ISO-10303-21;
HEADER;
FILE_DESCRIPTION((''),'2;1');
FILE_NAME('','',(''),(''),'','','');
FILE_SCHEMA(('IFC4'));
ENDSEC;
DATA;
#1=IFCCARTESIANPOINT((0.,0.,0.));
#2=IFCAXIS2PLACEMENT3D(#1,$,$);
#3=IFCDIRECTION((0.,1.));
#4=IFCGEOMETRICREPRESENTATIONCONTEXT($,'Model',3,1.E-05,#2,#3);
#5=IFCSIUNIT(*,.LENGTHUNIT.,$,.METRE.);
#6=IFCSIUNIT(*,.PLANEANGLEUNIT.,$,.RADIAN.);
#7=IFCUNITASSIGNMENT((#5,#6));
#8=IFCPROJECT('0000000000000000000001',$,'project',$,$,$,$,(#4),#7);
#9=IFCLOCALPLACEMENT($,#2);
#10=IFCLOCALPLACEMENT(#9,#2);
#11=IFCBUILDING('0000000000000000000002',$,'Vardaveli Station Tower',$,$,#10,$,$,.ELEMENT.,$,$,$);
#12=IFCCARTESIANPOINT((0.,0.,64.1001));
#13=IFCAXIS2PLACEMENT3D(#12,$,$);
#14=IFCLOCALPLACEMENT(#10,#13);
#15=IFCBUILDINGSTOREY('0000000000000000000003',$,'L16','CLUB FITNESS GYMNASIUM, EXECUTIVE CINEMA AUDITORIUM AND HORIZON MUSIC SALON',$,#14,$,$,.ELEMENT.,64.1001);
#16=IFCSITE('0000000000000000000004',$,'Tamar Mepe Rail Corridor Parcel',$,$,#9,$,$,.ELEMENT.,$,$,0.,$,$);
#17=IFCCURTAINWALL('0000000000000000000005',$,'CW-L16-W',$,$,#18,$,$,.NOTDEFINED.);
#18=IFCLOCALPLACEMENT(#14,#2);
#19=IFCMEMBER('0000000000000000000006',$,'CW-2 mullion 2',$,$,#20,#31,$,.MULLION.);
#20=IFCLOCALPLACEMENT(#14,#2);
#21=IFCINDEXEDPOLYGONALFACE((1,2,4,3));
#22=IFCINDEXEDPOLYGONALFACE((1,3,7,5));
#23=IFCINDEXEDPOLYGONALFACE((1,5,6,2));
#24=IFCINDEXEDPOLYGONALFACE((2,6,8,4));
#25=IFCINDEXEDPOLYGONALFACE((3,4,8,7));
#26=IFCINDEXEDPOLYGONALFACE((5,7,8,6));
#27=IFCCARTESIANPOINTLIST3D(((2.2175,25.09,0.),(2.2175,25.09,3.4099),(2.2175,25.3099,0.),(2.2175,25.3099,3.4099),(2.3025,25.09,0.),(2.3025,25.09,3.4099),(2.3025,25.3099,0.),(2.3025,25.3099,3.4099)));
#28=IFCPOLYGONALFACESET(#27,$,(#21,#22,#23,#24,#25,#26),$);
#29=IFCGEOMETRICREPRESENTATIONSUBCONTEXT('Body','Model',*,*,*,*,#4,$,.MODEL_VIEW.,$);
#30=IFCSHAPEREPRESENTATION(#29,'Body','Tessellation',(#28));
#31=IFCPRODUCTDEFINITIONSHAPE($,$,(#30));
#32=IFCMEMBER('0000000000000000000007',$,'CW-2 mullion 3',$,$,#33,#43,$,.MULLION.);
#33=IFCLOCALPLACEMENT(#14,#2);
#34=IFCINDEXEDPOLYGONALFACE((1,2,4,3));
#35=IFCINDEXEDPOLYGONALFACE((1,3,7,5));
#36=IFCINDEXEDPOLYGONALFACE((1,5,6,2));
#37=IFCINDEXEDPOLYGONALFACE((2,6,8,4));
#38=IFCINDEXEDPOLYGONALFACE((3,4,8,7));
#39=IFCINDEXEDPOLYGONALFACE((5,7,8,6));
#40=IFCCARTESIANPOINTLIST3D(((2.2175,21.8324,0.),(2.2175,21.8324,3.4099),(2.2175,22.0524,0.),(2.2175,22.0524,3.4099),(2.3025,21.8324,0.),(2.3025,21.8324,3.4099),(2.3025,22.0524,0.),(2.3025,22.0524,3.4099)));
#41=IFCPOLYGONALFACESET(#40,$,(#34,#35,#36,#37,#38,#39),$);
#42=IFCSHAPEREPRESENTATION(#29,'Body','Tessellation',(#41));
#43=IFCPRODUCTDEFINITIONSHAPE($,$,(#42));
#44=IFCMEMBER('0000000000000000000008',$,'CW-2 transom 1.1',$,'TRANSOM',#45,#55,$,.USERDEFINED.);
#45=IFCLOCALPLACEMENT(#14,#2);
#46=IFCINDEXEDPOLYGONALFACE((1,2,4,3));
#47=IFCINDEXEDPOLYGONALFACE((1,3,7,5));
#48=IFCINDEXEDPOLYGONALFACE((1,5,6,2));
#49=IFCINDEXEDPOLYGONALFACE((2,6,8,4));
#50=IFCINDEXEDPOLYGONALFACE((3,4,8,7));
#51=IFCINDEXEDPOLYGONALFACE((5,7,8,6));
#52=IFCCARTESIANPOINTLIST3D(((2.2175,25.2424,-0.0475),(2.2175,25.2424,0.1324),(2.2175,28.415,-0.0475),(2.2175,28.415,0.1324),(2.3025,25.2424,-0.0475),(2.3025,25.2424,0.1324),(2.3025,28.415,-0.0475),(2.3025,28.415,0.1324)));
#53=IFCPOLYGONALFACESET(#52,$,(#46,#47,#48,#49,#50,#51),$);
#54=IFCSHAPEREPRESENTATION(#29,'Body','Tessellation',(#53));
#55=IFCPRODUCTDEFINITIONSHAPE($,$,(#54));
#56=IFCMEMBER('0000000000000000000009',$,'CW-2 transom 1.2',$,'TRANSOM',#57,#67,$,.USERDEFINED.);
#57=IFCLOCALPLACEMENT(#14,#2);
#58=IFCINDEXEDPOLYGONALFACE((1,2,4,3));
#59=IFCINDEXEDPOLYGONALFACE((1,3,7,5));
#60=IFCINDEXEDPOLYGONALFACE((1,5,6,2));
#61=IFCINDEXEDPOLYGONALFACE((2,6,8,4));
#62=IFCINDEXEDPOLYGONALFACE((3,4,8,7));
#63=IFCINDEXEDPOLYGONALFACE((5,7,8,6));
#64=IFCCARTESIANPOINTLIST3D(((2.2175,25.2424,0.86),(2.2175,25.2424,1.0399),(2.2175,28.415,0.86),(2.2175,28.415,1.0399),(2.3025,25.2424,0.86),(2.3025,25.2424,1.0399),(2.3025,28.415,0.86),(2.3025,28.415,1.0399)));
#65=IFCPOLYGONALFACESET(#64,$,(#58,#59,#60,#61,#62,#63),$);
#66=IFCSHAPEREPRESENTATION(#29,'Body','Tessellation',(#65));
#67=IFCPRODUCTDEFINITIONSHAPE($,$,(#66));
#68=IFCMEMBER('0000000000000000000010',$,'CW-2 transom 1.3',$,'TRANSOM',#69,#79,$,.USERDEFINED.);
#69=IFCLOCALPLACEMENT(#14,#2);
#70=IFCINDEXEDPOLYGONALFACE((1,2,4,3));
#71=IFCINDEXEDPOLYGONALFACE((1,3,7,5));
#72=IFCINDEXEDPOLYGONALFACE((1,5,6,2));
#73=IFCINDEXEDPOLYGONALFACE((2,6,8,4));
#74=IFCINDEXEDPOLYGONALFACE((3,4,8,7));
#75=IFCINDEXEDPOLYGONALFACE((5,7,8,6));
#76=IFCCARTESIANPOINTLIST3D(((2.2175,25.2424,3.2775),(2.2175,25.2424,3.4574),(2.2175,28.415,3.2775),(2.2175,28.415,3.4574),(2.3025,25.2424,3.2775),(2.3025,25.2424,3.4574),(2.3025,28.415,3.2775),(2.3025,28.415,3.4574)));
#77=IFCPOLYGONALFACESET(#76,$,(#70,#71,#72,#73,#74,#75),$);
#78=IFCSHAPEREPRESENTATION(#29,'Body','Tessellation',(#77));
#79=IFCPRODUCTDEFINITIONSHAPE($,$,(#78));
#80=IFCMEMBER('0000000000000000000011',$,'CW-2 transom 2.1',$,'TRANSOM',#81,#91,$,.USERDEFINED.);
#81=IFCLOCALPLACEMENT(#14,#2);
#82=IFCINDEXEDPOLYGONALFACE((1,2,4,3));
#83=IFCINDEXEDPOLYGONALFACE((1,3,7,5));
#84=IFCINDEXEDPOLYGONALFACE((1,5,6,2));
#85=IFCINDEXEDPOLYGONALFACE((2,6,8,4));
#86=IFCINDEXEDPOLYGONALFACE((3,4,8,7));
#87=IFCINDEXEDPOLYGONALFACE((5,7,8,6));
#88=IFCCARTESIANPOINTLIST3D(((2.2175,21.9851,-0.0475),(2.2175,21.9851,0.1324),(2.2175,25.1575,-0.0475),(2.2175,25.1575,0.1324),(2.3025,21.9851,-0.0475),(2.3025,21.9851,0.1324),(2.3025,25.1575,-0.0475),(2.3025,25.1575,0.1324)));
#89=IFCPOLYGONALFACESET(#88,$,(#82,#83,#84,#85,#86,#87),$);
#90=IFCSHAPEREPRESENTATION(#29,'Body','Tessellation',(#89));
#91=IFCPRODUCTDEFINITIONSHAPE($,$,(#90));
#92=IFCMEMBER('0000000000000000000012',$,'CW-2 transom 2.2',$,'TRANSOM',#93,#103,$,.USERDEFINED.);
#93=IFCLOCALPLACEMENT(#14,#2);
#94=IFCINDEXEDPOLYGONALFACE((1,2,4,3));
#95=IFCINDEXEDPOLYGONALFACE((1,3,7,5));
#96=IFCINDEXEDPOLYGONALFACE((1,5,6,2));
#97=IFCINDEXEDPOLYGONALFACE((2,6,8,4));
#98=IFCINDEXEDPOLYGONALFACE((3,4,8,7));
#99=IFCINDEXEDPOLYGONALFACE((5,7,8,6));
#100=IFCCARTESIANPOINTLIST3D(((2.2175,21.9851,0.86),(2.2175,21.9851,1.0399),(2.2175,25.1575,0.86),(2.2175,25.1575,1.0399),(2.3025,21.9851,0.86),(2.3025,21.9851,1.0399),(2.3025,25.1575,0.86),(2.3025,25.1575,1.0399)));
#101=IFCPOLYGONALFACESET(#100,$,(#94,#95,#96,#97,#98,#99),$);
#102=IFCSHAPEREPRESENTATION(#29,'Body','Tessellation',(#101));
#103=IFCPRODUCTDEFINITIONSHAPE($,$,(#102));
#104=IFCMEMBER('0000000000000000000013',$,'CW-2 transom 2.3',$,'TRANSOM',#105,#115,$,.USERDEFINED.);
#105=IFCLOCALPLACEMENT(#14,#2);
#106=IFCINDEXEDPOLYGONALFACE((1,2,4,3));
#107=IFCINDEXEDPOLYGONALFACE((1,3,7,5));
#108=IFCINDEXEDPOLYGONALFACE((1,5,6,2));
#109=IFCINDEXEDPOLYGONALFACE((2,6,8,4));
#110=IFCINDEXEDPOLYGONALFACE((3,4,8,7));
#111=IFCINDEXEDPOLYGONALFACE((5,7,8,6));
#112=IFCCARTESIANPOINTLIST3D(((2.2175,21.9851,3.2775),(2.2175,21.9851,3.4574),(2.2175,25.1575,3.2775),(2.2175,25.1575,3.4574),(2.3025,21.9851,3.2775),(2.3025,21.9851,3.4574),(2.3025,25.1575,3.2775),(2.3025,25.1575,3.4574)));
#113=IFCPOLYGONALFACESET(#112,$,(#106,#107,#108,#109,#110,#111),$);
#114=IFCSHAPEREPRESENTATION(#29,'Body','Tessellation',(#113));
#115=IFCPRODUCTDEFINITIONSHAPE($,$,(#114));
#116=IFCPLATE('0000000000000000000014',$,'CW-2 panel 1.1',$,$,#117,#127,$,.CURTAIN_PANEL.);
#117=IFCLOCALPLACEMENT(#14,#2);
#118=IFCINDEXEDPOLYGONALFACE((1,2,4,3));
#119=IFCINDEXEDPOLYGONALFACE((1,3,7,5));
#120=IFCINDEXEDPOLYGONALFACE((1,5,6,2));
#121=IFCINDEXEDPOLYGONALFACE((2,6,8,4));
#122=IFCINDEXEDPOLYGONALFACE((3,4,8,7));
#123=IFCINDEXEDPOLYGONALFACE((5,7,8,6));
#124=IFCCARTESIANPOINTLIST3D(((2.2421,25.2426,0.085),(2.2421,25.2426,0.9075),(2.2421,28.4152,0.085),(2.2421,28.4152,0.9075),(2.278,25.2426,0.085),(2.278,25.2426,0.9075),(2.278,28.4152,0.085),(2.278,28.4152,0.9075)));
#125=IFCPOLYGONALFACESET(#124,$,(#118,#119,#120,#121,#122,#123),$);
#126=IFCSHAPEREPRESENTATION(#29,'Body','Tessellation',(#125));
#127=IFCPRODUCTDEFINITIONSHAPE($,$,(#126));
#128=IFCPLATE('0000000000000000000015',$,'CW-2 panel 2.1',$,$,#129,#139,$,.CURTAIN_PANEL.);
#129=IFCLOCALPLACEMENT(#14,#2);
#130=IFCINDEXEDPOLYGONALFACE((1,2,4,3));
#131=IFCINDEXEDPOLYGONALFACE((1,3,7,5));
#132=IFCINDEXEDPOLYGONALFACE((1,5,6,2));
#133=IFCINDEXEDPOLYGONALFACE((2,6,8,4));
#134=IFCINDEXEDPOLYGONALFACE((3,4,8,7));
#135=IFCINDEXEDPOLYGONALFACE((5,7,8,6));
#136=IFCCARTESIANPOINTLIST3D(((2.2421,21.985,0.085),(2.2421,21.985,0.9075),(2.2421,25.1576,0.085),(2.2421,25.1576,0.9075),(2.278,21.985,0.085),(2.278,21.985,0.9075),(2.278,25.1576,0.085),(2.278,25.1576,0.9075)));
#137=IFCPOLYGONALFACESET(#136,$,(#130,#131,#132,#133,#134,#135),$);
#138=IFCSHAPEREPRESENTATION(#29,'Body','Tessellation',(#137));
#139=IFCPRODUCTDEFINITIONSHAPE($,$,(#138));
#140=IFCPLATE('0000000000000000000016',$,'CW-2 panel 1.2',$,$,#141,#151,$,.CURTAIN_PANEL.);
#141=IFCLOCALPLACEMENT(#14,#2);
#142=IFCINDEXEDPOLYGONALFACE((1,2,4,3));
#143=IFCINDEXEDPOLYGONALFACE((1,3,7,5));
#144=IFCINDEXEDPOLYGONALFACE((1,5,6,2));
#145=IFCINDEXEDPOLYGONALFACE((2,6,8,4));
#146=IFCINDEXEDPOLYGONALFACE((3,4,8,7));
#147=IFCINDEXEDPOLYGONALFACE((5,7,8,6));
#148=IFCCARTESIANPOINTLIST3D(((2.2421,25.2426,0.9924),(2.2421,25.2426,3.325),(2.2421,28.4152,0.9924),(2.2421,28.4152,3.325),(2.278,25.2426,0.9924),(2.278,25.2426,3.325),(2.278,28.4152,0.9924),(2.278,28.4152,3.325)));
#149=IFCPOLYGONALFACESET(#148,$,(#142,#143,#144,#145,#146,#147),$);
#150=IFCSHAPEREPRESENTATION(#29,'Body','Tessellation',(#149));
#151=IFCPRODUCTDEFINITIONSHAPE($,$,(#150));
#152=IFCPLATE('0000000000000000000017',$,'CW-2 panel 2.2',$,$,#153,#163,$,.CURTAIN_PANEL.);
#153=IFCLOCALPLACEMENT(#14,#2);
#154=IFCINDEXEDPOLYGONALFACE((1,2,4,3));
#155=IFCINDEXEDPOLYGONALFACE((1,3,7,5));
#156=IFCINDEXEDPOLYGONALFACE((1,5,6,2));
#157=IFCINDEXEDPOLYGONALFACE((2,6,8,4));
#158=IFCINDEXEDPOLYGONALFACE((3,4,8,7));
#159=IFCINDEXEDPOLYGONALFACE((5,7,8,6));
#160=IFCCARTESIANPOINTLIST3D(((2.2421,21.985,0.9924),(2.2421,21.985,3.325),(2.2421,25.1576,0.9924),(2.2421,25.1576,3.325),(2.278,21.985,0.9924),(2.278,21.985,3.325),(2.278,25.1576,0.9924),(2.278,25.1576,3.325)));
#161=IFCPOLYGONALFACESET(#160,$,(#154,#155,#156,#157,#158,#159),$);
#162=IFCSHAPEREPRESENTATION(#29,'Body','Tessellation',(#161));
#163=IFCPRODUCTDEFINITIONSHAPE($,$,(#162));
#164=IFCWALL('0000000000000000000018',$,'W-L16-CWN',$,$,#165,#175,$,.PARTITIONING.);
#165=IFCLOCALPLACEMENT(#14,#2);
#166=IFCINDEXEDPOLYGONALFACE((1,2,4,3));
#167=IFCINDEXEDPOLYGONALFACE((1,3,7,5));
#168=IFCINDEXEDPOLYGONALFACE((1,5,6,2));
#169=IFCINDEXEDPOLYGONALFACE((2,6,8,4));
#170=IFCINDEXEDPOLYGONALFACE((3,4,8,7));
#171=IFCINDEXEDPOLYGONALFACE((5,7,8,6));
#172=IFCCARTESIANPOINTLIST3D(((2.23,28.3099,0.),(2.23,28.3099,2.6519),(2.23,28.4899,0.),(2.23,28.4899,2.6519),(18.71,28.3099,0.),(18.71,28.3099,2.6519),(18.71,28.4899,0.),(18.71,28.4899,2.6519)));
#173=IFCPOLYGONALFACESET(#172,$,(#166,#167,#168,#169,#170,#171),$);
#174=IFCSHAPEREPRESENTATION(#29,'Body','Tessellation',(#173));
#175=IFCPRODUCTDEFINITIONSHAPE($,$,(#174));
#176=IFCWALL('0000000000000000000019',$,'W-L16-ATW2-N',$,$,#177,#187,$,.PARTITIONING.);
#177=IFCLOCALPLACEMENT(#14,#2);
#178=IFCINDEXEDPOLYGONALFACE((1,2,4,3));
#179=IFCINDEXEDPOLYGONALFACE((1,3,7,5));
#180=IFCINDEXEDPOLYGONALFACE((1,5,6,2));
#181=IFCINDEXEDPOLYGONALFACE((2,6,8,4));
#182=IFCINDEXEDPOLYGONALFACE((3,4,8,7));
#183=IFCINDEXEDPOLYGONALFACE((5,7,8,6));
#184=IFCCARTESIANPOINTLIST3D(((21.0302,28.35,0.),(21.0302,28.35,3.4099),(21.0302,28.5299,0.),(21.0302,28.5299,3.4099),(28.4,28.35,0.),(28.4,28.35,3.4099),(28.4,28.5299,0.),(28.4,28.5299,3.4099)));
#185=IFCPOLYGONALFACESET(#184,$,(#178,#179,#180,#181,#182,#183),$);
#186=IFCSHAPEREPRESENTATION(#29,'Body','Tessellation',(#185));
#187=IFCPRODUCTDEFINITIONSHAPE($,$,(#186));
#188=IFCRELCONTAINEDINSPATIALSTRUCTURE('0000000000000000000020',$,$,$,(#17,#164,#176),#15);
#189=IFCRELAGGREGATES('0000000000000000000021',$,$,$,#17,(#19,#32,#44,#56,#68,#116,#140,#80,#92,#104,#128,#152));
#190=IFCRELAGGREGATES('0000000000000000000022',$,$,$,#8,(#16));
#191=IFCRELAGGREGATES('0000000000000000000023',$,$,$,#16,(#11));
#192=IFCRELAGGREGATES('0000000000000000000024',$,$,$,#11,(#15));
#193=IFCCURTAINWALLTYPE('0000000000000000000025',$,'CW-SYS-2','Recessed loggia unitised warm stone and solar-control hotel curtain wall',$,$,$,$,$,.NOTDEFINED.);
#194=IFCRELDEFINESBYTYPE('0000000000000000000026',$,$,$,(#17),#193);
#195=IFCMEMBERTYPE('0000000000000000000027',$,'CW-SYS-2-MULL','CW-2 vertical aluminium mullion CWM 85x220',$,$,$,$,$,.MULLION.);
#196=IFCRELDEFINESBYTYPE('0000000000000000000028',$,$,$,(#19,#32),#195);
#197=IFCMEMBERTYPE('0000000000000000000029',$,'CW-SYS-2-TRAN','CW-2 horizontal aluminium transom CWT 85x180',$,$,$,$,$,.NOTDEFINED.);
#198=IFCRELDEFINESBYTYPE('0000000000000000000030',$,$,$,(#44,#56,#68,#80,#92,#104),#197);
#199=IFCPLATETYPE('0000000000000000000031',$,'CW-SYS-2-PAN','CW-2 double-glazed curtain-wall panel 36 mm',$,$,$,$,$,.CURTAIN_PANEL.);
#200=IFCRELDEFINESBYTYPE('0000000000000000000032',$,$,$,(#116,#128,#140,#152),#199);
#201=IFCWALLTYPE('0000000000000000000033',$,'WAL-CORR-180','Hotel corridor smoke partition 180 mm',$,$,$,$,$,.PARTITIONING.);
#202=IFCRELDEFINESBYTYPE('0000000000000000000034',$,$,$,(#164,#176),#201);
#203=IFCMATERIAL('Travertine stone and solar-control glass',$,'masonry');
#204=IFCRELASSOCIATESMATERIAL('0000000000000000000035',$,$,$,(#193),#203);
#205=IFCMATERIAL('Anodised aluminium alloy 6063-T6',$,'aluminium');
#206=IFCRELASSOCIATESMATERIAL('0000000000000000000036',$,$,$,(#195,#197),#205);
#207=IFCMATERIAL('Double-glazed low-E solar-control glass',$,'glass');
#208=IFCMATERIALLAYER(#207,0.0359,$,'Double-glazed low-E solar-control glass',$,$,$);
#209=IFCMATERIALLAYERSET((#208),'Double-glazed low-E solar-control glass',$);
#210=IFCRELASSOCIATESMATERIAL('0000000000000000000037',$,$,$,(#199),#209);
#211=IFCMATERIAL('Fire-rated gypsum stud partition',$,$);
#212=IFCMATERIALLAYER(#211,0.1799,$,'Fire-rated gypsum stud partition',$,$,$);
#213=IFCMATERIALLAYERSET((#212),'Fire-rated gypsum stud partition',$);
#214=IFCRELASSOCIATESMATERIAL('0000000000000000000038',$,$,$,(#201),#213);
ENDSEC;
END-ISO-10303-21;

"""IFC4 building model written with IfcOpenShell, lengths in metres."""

from ifc_helpers import new_model, si_unit, direction, frame, frame_2d, origin, origin_2d, place, context, subcontext, project, spatial, rectangle, extrude, source, transform, mapped, material, layer, layer_set, material_profile, profile_set, type_object, element, aggregate, save


model = new_model("IFC4")

# Units and contexts
model_context = context("Model", 3, precision=1e-05, world=origin(), true_north=direction((0.0, 1.0)))
body_context = subcontext(model_context, "Body", "Model", "MODEL_VIEW")
ifc_project = project(units=[si_unit("LENGTHUNIT", "METRE"), si_unit("PLANEANGLEUNIT", "RADIAN")], contexts=[model_context])

# Site, building, storey
site_placement = place(None, origin())
site = spatial("IfcSite", under=ifc_project, at=site_placement, Name="Tamar Mepe Rail Corridor Parcel", CompositionType="ELEMENT", RefElevation=0.0)
building_placement = place(site_placement, origin())
building = spatial("IfcBuilding", under=site, at=building_placement, Name="Vardaveli Station Tower", CompositionType="ELEMENT")
storey_placement = place(building_placement, frame((0.0, 0.0, 64.1001)))
storey = spatial("IfcBuildingStorey", under=building, at=storey_placement, Name="L16", Description="CLUB FITNESS GYMNASIUM, EXECUTIVE CINEMA AUDITORIUM AND HORIZON MUSIC SALON", CompositionType="ELEMENT", Elevation=64.1001)

# Curtain wall, members, plates
ifc_material_1 = material(Name="Travertine stone and solar-control glass", Category="masonry")
curtain_wall_type = type_object("IfcCurtainWallType", Name="CW-SYS-2", Description="Recessed loggia unitised warm stone and solar-control hotel curtain wall", PredefinedType="NOTDEFINED", material=ifc_material_1)
curtain_wall_placement = place(storey_placement, origin())
curtain_wall = element("IfcCurtainWall", 1, at=curtain_wall_placement, inside=storey, type_object=curtain_wall_type, Name="CW-L16-W", PredefinedType="NOTDEFINED")
ifc_material_2 = material(Name="Anodised aluminium alloy 6063-T6", Category="aluminium")
ifc_material_profile_1 = material_profile(ifc_material_2, rectangle(XDim=0.085, YDim=0.22, at=origin_2d()), Name="CWM 85x220")
ifc_profile_set_1 = profile_set([ifc_material_profile_1], Name="Anodised aluminium alloy 6063-T6")
member_type_1 = type_object("IfcMemberType", Name="CW-SYS-2-MULL", Description="CW-2 vertical aluminium mullion CWM 85x220", PredefinedType="MULLION", material=ifc_profile_set_1)
shared_shape_1 = source(origin(), body_context, "Body", "SweptSolid", [
    extrude(rectangle(XDim=0.085, YDim=0.22, at=origin_2d()), origin(), (0.0, 0.0, 1.0), 3.4099),
])
member_1_placement = place(storey_placement, frame((2.26, 25.2, 0.0), z_axis=(0.0, 0.0, 1.0), x_axis=(1.0, 0.0, 0.0)))
member_1 = element("IfcMember", 2, at=member_1_placement, type_object=member_type_1, Name="CW-2 mullion 2", PredefinedType="MULLION", context=body_context, shape_type="MappedRepresentation", body=[
    mapped(shared_shape_1, transform((0.0, 0.0, 0.0), scale=1.0)),
])
member_2_placement = place(storey_placement, frame((2.26, 21.9424, 0.0), z_axis=(0.0, 0.0, 1.0), x_axis=(1.0, 0.0, 0.0)))
member_2 = element("IfcMember", 3, at=member_2_placement, type_object=member_type_1, Name="CW-2 mullion 3", PredefinedType="MULLION", context=body_context, shape_type="MappedRepresentation", body=[
    mapped(shared_shape_1, transform((0.0, 0.0, 0.0), scale=1.0)),
])
ifc_material_profile_2 = material_profile(ifc_material_2, rectangle(XDim=0.085, YDim=0.1799, at=origin_2d()), Name="CWT 85x180")
ifc_profile_set_2 = profile_set([ifc_material_profile_2], Name="Anodised aluminium alloy 6063-T6")
member_type_2 = type_object("IfcMemberType", Name="CW-SYS-2-TRAN", Description="CW-2 horizontal aluminium transom CWT 85x180", PredefinedType="NOTDEFINED", material=ifc_profile_set_2)
shared_shape_2 = source(origin(), body_context, "Body", "SweptSolid", [
    extrude(rectangle(XDim=0.085, YDim=0.1799, at=origin_2d()), origin(), (0.0, 0.0, 1.0), 3.1726),
])
member_3_placement = place(storey_placement, frame((2.26, 28.415, 0.0425), z_axis=(0.0, -1.0, 0.0), x_axis=(1.0, 0.0, 0.0)))
member_3 = element("IfcMember", 4, at=member_3_placement, type_object=member_type_2, Name="CW-2 transom 1.1", ObjectType="TRANSOM", PredefinedType="USERDEFINED", context=body_context, shape_type="MappedRepresentation", body=[
    mapped(shared_shape_2, transform((0.0, 0.0, 0.0), scale=1.0)),
])
member_4_placement = place(storey_placement, frame((2.26, 28.415, 0.95), z_axis=(0.0, -1.0, 0.0), x_axis=(1.0, 0.0, 0.0)))
member_4 = element("IfcMember", 5, at=member_4_placement, type_object=member_type_2, Name="CW-2 transom 1.2", ObjectType="TRANSOM", PredefinedType="USERDEFINED", context=body_context, shape_type="MappedRepresentation", body=[
    mapped(shared_shape_2, transform((0.0, 0.0, 0.0), scale=1.0)),
])
member_5_placement = place(storey_placement, frame((2.26, 28.415, 3.3674), z_axis=(0.0, -1.0, 0.0), x_axis=(1.0, 0.0, 0.0)))
member_5 = element("IfcMember", 6, at=member_5_placement, type_object=member_type_2, Name="CW-2 transom 1.3", ObjectType="TRANSOM", PredefinedType="USERDEFINED", context=body_context, shape_type="MappedRepresentation", body=[
    mapped(shared_shape_2, transform((0.0, 0.0, 0.0), scale=1.0)),
])
shared_shape_3 = source(origin(), body_context, "Body", "SweptSolid", [
    extrude(rectangle(XDim=0.085, YDim=0.1799, at=origin_2d()), origin(), (0.0, 0.0, 1.0), 3.1724),
])
member_6_placement = place(storey_placement, frame((2.26, 25.1575, 0.0425), z_axis=(0.0, -1.0, 0.0), x_axis=(1.0, 0.0, 0.0)))
member_6 = element("IfcMember", 7, at=member_6_placement, type_object=member_type_2, Name="CW-2 transom 2.1", ObjectType="TRANSOM", PredefinedType="USERDEFINED", context=body_context, shape_type="MappedRepresentation", body=[
    mapped(shared_shape_3, transform((0.0, 0.0, 0.0), scale=1.0)),
])
member_7_placement = place(storey_placement, frame((2.26, 25.1575, 0.95), z_axis=(0.0, -1.0, 0.0), x_axis=(1.0, 0.0, 0.0)))
member_7 = element("IfcMember", 8, at=member_7_placement, type_object=member_type_2, Name="CW-2 transom 2.2", ObjectType="TRANSOM", PredefinedType="USERDEFINED", context=body_context, shape_type="MappedRepresentation", body=[
    mapped(shared_shape_3, transform((0.0, 0.0, 0.0), scale=1.0)),
])
member_8_placement = place(storey_placement, frame((2.26, 25.1575, 3.3674), z_axis=(0.0, -1.0, 0.0), x_axis=(1.0, 0.0, 0.0)))
member_8 = element("IfcMember", 9, at=member_8_placement, type_object=member_type_2, Name="CW-2 transom 2.3", ObjectType="TRANSOM", PredefinedType="USERDEFINED", context=body_context, shape_type="MappedRepresentation", body=[
    mapped(shared_shape_3, transform((0.0, 0.0, 0.0), scale=1.0)),
])
ifc_material_3 = material(Name="Double-glazed low-E solar-control glass", Category="glass")
ifc_layer_1 = layer(ifc_material_3, 0.0359, Name="Double-glazed low-E solar-control glass")
ifc_layer_set_1 = layer_set([ifc_layer_1], Name="Double-glazed low-E solar-control glass")
plate_type = type_object("IfcPlateType", Name="CW-SYS-2-PAN", Description="CW-2 double-glazed curtain-wall panel 36 mm", PredefinedType="CURTAIN_PANEL", material=ifc_layer_set_1)
shared_shape_4 = source(origin(), body_context, "Body", "SweptSolid", [
    extrude(rectangle(XDim=3.1726, YDim=0.0359, at=origin_2d()), origin(), (0.0, 0.0, 1.0), 0.8225),
])
plate_1_placement = place(storey_placement, frame((2.26, 26.8289, 0.085), z_axis=(0.0, 0.0, 1.0), x_axis=(0.0, -1.0, 0.0)))
plate_1 = element("IfcPlate", 10, at=plate_1_placement, type_object=plate_type, Name="CW-2 panel 1.1", PredefinedType="CURTAIN_PANEL", context=body_context, shape_type="MappedRepresentation", body=[
    mapped(shared_shape_4, transform((0.0, 0.0, 0.0), scale=1.0)),
])
plate_2_placement = place(storey_placement, frame((2.26, 23.5713, 0.085), z_axis=(0.0, 0.0, 1.0), x_axis=(0.0, -1.0, 0.0)))
plate_2 = element("IfcPlate", 11, at=plate_2_placement, type_object=plate_type, Name="CW-2 panel 2.1", PredefinedType="CURTAIN_PANEL", context=body_context, shape_type="MappedRepresentation", body=[
    mapped(shared_shape_4, transform((0.0, 0.0, 0.0), scale=1.0)),
])
shared_shape_5 = source(origin(), body_context, "Body", "SweptSolid", [
    extrude(rectangle(XDim=3.1726, YDim=0.0359, at=origin_2d()), origin(), (0.0, 0.0, 1.0), 2.3325),
])
plate_3_placement = place(storey_placement, frame((2.26, 26.8289, 0.9924), z_axis=(0.0, 0.0, 1.0), x_axis=(0.0, -1.0, 0.0)))
plate_3 = element("IfcPlate", 12, at=plate_3_placement, type_object=plate_type, Name="CW-2 panel 1.2", PredefinedType="CURTAIN_PANEL", context=body_context, shape_type="MappedRepresentation", body=[
    mapped(shared_shape_5, transform((0.0, 0.0, 0.0), scale=1.0)),
])
plate_4_placement = place(storey_placement, frame((2.26, 23.5713, 0.9924), z_axis=(0.0, 0.0, 1.0), x_axis=(0.0, -1.0, 0.0)))
plate_4 = element("IfcPlate", 13, at=plate_4_placement, type_object=plate_type, Name="CW-2 panel 2.2", PredefinedType="CURTAIN_PANEL", context=body_context, shape_type="MappedRepresentation", body=[
    mapped(shared_shape_5, transform((0.0, 0.0, 0.0), scale=1.0)),
])
aggregate(curtain_wall, [member_1, member_2, member_3, member_4, member_5, plate_1, plate_3, member_6, member_7, member_8, plate_2, plate_4])

# Walls
ifc_material_4 = material(Name="Fire-rated gypsum stud partition")
ifc_layer_2 = layer(ifc_material_4, 0.1799, Name="Fire-rated gypsum stud partition")
ifc_layer_set_2 = layer_set([ifc_layer_2], Name="Fire-rated gypsum stud partition")
wall_type = type_object("IfcWallType", Name="WAL-CORR-180", Description="Hotel corridor smoke partition 180 mm", PredefinedType="PARTITIONING", material=ifc_layer_set_2)
shared_shape_6 = source(origin(), body_context, "Body", "SweptSolid", [
    extrude(rectangle(XDim=16.48, YDim=0.1799, at=frame_2d((8.24, 0.0))), origin(), (0.0, 0.0, 1.0), 2.6519),
])
wall_1_placement = place(storey_placement, frame((2.23, 28.3999, 0.0), z_axis=(0.0, 0.0, 1.0), x_axis=(1.0, 0.0, 0.0)))
element("IfcWall", 14, at=wall_1_placement, inside=storey, type_object=wall_type, Name="W-L16-CWN", PredefinedType="PARTITIONING", context=body_context, shape_type="MappedRepresentation", body=[
    mapped(shared_shape_6, transform((0.0, 0.0, 0.0), scale=1.0)),
])
shared_shape_7 = source(origin(), body_context, "Body", "SweptSolid", [
    extrude(rectangle(XDim=7.3699, YDim=0.1799, at=frame_2d((3.6851, 0.0))), origin(), (0.0, 0.0, 1.0), 3.4099),
])
wall_2_placement = place(storey_placement, frame((21.03, 28.4399, 0.0), z_axis=(0.0, 0.0, 1.0), x_axis=(1.0, 0.0, 0.0)))
element("IfcWall", 15, at=wall_2_placement, inside=storey, type_object=wall_type, Name="W-L16-ATW2-N", PredefinedType="PARTITIONING", context=body_context, shape_type="MappedRepresentation", body=[
    mapped(shared_shape_7, transform((0.0, 0.0, 0.0), scale=1.0)),
])

save(model, "model.ifc")
